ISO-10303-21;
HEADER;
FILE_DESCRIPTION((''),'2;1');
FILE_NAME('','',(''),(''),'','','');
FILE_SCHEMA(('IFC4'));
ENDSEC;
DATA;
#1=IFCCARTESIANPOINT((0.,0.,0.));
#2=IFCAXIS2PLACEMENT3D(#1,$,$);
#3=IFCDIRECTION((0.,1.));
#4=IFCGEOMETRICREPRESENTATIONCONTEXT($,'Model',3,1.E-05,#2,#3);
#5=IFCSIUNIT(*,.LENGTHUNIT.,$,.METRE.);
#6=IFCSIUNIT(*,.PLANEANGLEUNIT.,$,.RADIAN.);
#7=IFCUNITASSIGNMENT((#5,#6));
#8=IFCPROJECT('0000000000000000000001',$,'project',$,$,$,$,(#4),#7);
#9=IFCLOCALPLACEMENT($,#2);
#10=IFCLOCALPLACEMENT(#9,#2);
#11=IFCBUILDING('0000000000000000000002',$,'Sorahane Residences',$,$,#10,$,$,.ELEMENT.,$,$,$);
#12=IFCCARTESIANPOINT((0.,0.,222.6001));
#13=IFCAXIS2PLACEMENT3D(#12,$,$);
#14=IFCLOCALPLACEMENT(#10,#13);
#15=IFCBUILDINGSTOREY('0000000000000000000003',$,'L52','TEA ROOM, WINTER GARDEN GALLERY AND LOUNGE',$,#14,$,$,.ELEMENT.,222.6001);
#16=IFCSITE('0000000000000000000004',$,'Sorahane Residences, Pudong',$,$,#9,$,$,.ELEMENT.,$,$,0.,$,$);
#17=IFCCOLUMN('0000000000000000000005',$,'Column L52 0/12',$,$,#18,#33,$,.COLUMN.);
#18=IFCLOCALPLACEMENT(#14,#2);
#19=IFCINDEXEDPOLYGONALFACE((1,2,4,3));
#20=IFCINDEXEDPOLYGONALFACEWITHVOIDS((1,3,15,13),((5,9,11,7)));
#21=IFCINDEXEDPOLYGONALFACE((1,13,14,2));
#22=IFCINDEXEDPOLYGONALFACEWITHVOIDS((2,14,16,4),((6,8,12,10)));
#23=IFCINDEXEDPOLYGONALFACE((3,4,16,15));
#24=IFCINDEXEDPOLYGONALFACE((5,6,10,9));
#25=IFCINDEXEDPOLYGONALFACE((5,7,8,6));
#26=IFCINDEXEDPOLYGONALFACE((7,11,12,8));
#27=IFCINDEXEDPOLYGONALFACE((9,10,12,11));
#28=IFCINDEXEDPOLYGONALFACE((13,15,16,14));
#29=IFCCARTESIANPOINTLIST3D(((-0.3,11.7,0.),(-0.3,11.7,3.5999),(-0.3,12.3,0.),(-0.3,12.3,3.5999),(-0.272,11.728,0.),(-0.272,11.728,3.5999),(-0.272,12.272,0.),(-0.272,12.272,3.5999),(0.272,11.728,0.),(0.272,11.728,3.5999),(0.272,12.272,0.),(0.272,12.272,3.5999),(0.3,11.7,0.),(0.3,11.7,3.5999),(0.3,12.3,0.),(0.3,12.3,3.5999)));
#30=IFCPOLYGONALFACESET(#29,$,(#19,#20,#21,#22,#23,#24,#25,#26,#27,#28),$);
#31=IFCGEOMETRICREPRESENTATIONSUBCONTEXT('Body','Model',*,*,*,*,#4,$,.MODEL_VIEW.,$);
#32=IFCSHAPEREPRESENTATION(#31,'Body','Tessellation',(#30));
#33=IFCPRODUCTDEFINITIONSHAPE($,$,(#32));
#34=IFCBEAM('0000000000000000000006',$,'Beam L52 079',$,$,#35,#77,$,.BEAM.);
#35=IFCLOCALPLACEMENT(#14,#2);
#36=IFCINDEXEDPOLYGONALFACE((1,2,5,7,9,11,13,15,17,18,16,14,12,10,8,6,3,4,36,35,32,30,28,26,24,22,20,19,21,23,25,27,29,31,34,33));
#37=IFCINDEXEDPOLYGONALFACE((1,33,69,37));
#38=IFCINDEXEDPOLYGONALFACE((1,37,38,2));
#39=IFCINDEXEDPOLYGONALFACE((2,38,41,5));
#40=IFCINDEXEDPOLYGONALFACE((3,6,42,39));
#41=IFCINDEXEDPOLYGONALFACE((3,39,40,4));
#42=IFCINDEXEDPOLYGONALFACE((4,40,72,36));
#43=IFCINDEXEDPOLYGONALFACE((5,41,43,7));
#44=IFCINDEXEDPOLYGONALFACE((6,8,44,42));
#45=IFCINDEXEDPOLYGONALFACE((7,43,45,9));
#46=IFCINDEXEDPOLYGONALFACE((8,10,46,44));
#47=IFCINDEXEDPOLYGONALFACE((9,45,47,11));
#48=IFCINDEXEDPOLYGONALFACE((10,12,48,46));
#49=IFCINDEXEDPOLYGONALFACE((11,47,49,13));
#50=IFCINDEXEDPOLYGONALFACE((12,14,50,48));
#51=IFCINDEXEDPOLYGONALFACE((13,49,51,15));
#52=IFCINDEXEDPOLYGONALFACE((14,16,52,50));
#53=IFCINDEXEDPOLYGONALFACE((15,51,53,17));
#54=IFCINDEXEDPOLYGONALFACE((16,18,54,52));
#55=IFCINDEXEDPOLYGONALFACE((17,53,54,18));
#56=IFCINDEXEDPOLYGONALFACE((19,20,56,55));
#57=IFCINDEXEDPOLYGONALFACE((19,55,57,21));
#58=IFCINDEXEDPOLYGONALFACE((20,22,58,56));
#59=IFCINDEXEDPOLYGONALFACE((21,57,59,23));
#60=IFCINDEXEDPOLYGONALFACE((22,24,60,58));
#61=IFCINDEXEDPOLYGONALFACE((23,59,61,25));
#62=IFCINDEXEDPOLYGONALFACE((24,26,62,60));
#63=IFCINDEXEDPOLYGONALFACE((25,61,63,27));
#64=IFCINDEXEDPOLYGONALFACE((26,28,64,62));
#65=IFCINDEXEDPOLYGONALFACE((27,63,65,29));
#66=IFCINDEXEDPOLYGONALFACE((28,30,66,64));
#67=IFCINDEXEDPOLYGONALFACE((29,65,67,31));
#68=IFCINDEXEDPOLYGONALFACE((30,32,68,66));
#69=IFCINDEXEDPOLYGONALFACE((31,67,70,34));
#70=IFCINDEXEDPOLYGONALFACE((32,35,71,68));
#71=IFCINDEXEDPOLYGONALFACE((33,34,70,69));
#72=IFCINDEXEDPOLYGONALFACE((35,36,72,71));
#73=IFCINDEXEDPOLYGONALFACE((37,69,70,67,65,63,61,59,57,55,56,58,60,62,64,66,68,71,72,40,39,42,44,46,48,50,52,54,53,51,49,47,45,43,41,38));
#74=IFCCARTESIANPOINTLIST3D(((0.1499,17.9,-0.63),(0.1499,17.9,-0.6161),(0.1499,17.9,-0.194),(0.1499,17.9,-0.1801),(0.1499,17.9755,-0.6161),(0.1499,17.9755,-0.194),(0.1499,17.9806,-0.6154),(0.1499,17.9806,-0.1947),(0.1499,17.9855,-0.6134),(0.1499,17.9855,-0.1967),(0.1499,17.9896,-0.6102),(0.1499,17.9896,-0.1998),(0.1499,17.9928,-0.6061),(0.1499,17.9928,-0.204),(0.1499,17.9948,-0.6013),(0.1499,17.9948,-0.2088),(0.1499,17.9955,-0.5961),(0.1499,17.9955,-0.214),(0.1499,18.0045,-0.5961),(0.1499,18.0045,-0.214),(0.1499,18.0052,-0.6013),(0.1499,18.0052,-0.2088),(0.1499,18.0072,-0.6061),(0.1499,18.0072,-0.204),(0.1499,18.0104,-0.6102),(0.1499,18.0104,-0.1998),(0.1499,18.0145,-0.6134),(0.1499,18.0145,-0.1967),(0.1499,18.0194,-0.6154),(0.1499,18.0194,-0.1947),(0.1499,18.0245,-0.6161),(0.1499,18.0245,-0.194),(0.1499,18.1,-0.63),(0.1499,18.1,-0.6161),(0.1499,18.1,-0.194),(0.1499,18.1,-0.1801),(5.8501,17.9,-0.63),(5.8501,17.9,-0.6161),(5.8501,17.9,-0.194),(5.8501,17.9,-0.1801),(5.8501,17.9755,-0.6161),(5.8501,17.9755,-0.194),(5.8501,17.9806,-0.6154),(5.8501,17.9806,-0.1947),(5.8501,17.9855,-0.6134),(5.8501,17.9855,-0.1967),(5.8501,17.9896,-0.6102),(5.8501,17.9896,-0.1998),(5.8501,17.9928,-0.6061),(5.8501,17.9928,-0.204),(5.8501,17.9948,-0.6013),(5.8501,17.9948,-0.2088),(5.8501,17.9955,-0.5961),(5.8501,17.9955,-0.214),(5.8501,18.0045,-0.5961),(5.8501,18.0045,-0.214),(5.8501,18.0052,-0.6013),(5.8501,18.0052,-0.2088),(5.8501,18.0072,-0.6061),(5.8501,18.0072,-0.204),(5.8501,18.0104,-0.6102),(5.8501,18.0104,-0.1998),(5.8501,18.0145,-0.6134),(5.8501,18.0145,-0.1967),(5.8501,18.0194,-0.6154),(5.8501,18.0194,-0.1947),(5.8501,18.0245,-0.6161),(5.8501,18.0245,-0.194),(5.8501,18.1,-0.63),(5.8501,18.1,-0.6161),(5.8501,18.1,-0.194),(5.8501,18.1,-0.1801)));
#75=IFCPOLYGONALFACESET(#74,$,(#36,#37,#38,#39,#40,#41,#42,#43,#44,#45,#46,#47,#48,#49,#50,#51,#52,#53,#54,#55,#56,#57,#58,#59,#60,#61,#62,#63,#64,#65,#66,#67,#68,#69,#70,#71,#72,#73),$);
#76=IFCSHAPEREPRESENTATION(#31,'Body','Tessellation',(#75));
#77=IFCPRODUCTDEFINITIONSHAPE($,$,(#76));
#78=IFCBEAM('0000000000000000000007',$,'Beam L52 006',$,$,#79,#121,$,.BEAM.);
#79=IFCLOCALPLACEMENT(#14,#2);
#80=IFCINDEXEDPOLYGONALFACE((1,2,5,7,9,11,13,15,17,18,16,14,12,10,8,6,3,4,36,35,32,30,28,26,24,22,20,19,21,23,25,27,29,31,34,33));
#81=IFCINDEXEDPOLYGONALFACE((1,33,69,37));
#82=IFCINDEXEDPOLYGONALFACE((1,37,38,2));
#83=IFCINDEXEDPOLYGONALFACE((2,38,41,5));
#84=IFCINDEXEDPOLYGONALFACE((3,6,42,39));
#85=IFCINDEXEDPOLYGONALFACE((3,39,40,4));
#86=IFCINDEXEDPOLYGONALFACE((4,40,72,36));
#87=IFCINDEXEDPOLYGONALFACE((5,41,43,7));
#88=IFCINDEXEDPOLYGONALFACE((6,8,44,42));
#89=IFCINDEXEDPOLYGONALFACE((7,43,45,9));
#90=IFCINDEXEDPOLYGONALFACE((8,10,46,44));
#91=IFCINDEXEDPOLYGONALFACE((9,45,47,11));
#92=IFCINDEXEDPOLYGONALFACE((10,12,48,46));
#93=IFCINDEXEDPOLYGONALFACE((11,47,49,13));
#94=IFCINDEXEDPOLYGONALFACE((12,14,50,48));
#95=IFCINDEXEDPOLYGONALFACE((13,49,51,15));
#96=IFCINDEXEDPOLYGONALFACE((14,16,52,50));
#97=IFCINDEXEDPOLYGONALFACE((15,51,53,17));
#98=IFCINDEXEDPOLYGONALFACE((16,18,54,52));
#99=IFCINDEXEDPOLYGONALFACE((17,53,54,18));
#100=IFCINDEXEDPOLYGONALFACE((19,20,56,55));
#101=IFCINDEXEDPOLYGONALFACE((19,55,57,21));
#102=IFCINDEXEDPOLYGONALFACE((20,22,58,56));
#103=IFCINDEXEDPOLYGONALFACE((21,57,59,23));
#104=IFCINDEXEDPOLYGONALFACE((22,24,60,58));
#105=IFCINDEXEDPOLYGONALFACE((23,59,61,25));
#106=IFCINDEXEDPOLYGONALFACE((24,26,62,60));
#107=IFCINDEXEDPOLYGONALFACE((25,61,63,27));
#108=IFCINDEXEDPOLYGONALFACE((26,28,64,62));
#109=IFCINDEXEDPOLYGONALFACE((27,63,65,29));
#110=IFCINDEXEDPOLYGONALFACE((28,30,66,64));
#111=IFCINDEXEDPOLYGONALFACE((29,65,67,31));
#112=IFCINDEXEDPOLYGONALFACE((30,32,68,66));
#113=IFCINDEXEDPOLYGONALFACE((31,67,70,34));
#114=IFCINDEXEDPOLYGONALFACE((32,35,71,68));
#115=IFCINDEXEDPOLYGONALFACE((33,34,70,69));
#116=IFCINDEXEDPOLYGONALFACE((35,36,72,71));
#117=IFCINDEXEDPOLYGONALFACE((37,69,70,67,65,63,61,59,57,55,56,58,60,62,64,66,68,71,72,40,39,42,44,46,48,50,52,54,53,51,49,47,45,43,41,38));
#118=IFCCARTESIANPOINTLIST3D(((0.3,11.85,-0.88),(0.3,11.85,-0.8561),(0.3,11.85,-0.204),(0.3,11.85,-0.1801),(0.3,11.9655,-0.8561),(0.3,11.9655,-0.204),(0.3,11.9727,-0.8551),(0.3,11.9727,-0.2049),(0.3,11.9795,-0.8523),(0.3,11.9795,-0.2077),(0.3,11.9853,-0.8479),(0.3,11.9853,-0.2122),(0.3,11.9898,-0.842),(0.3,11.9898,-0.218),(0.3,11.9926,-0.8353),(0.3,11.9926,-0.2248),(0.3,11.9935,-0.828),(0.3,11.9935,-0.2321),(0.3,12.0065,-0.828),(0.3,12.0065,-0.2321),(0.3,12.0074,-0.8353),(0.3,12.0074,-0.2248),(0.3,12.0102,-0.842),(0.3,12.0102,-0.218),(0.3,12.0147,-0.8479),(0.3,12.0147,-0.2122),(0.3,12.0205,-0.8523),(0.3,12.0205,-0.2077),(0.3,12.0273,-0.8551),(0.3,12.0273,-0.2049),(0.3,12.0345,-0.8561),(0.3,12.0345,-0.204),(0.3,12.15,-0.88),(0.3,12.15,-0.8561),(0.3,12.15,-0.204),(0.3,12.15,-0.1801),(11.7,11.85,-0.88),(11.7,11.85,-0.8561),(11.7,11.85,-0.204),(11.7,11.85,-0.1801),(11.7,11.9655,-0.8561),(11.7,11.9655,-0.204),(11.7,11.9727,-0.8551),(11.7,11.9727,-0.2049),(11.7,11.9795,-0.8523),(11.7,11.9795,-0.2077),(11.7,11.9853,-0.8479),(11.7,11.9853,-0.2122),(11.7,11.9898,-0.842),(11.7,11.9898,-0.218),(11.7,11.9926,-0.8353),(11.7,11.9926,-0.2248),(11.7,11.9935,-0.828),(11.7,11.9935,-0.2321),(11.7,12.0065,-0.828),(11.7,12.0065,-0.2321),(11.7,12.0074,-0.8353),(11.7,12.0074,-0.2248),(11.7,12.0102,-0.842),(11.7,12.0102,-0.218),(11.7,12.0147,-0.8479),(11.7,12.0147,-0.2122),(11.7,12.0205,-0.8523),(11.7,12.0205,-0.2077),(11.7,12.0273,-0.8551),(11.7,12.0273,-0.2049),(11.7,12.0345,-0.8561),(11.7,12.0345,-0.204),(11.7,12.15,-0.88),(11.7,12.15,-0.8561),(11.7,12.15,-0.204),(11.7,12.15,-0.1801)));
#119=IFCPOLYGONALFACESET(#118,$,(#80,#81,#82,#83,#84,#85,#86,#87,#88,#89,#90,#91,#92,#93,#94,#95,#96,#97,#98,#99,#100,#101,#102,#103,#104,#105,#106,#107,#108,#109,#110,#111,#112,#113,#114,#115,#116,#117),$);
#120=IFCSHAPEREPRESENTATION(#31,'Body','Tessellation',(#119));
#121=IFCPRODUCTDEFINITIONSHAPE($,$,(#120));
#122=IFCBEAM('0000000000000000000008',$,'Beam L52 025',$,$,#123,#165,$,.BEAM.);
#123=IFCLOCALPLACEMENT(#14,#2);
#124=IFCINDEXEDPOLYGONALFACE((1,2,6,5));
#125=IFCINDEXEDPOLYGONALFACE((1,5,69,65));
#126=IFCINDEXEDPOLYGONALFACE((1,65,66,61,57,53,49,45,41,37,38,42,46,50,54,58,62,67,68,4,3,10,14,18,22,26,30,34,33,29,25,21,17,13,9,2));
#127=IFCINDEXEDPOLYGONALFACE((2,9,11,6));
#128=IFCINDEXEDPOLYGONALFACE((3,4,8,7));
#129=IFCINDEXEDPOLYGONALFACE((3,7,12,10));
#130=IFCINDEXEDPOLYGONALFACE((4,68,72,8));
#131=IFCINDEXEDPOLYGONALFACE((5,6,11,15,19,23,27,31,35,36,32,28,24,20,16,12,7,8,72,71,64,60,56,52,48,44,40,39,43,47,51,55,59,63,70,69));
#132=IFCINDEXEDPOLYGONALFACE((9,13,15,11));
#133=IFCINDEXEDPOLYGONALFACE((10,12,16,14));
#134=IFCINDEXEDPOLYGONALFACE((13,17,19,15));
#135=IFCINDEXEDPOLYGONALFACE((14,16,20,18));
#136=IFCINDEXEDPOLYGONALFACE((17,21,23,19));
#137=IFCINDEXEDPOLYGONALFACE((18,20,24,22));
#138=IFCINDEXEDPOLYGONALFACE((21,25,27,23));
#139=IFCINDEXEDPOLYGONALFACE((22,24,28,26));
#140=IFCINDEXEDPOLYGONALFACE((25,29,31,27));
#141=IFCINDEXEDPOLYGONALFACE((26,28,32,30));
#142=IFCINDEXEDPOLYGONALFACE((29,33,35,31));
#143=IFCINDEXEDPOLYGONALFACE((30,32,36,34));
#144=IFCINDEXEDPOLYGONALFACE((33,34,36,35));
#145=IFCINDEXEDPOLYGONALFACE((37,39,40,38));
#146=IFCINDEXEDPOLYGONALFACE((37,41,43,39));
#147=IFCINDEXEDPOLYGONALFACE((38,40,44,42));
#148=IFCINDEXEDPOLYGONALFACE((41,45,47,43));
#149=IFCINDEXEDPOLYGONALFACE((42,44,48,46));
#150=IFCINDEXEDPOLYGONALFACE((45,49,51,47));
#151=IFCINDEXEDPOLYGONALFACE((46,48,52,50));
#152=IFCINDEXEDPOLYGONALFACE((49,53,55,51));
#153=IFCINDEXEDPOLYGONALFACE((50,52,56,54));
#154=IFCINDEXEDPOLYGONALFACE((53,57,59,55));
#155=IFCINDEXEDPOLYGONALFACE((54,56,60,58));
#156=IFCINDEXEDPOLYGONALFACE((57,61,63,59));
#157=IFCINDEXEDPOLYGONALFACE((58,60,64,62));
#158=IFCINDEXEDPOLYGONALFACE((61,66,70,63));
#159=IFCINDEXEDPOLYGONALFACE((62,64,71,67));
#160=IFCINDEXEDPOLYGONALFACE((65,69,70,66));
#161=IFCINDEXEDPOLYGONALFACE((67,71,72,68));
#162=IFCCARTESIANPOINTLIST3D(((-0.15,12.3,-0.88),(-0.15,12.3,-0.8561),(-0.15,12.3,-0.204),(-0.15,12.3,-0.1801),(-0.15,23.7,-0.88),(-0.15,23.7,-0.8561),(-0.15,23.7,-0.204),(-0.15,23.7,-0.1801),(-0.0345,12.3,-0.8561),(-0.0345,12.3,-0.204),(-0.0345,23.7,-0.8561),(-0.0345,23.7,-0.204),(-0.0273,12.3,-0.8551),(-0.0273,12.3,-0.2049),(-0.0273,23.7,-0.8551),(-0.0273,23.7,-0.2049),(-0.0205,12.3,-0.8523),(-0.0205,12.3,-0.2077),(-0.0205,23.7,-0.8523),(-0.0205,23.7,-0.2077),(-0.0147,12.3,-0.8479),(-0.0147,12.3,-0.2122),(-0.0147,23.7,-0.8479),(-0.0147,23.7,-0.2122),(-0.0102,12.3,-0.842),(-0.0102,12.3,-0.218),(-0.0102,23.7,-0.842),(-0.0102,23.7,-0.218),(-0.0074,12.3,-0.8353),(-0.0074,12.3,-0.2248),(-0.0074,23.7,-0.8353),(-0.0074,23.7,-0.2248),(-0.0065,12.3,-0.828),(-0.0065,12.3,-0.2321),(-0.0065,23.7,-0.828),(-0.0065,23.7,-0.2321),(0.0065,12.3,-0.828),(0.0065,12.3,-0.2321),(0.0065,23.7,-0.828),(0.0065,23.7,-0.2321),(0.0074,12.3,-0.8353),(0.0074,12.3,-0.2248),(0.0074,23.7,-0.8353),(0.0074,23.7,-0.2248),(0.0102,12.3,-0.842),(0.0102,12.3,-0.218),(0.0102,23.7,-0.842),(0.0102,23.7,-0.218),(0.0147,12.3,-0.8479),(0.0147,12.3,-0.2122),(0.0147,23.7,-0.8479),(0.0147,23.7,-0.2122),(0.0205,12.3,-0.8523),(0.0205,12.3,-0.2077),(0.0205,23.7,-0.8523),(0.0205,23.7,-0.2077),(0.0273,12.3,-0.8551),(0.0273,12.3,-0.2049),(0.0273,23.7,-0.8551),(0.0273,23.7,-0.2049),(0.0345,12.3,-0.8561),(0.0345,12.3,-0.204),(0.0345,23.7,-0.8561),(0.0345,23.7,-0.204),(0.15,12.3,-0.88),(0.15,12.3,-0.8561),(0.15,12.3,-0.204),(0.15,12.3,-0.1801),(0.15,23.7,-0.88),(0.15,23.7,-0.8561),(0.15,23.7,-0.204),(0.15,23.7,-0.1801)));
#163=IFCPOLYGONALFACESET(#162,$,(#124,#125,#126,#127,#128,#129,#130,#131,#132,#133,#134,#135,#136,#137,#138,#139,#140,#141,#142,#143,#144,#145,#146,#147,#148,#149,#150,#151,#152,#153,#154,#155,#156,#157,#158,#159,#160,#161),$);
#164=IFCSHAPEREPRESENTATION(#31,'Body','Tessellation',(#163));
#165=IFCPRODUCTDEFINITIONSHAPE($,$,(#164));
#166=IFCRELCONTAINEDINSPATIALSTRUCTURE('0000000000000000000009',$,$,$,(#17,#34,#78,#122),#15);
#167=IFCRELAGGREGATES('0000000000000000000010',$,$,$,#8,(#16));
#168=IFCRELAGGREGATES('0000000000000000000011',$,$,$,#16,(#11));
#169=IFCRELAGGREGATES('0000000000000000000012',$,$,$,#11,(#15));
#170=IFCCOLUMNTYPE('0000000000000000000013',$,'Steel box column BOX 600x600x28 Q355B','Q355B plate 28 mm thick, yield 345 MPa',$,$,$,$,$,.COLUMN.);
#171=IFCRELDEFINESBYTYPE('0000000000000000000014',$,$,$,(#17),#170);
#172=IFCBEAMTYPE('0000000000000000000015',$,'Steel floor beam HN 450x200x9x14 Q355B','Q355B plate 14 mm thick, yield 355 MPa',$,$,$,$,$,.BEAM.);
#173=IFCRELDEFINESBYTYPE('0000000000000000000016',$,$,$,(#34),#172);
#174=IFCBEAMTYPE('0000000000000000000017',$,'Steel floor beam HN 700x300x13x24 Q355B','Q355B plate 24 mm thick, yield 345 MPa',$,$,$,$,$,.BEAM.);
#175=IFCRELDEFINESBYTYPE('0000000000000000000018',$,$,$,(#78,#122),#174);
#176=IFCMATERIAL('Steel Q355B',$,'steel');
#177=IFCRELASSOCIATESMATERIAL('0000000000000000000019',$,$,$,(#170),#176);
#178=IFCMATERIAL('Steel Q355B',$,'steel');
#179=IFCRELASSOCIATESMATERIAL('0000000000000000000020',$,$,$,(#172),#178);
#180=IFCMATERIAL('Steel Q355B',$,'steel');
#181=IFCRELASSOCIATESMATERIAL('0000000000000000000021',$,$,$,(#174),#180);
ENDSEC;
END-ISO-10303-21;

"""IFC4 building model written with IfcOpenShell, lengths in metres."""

from ifc_helpers import new_model, si_unit, direction, frame, origin, origin_2d, place, context, subcontext, project, spatial, hollow_rectangle, i_section, extrude, material, material_profile, profile_set, type_object, element, save


model = new_model("IFC4")

# Units and contexts
model_context = context("Model", 3, precision=1e-05, world=origin(), true_north=direction((0.0, 1.0)))
body_context = subcontext(model_context, "Body", "Model", "MODEL_VIEW")
ifc_project = project(units=[si_unit("LENGTHUNIT", "METRE"), si_unit("PLANEANGLEUNIT", "RADIAN")], contexts=[model_context])

# Site, building, storey
site_placement = place(None, origin())
site = spatial("IfcSite", under=ifc_project, at=site_placement, Name="Sorahane Residences, Pudong", CompositionType="ELEMENT", RefElevation=0.0)
building_placement = place(site_placement, origin())
building = spatial("IfcBuilding", under=site, at=building_placement, Name="Sorahane Residences", CompositionType="ELEMENT")
storey_placement = place(building_placement, frame((0.0, 0.0, 222.6001)))
storey = spatial("IfcBuildingStorey", under=building, at=storey_placement, Name="L52", Description="TEA ROOM, WINTER GARDEN GALLERY AND LOUNGE", CompositionType="ELEMENT", Elevation=222.6001)

# Column
ifc_material_1 = material(Name="Steel Q355B", Category="steel")
ifc_material_profile_1 = material_profile(ifc_material_1, hollow_rectangle(XDim=0.6001, YDim=0.6001, WallThickness=0.0281, at=origin_2d()), Name="BOX 600x600x28")
ifc_profile_set_1 = profile_set([ifc_material_profile_1], Name="Steel Q355B")
column_type = type_object("IfcColumnType", Name="Steel box column BOX 600x600x28 Q355B", Description="Q355B plate 28 mm thick, yield 345 MPa", PredefinedType="COLUMN", material=ifc_profile_set_1)
column_placement = place(storey_placement, frame((0.0, 12.0, 0.0), z_axis=(0.0, 0.0, 1.0), x_axis=(1.0, 0.0, 0.0)))
element("IfcColumn", 1, at=column_placement, inside=storey, type_object=column_type, Name="Column L52 0/12", PredefinedType="COLUMN", context=body_context, shape_type="SweptSolid", body=[
    extrude(hollow_rectangle(XDim=0.6001, YDim=0.6001, WallThickness=0.0281, at=origin_2d()), origin(), (0.0, 0.0, 1.0), 3.5999),
])

# Beams
ifc_material_2 = material(Name="Steel Q355B", Category="steel")
ifc_material_profile_2 = material_profile(ifc_material_2, i_section(OverallWidth=0.2, OverallDepth=0.45, WebThickness=0.009, FlangeThickness=0.0139, FilletRadius=0.02, at=origin_2d()), Name="HN 450x200x9x14")
ifc_profile_set_2 = profile_set([ifc_material_profile_2], Name="Steel Q355B")
beam_type_1 = type_object("IfcBeamType", Name="Steel floor beam HN 450x200x9x14 Q355B", Description="Q355B plate 14 mm thick, yield 355 MPa", PredefinedType="BEAM", material=ifc_profile_set_2)
beam_placement = place(storey_placement, frame((0.1499, 18.0, -0.405), z_axis=(1.0, 0.0, 0.0), x_axis=(0.0, 1.0, 0.0)))
element("IfcBeam", 2, at=beam_placement, inside=storey, type_object=beam_type_1, Name="Beam L52 079", PredefinedType="BEAM", context=body_context, shape_type="SweptSolid", body=[
    extrude(i_section(OverallWidth=0.2, OverallDepth=0.45, WebThickness=0.009, FlangeThickness=0.0139, FilletRadius=0.02, at=origin_2d()), origin(), (0.0, 0.0, 1.0), 5.7002),
])
ifc_material_3 = material(Name="Steel Q355B", Category="steel")
ifc_material_profile_3 = material_profile(ifc_material_3, i_section(OverallWidth=0.3, OverallDepth=0.7, WebThickness=0.0129, FlangeThickness=0.0239, FilletRadius=0.0281, at=origin_2d()), Name="HN 700x300x13x24")
ifc_profile_set_3 = profile_set([ifc_material_profile_3], Name="Steel Q355B")
beam_type_2 = type_object("IfcBeamType", Name="Steel floor beam HN 700x300x13x24 Q355B", Description="Q355B plate 24 mm thick, yield 345 MPa", PredefinedType="BEAM", material=ifc_profile_set_3)
for number, where, z_axis, x_axis, name in (
    (3, (0.3, 12.0, -0.53), (1.0, 0.0, 0.0), (0.0, 1.0, 0.0), "Beam L52 006"),
    (4, (0.0, 12.3, -0.53), (0.0, 1.0, 0.0), (-1.0, 0.0, 0.0), "Beam L52 025"),
):
    element("IfcBeam", number, at=place(storey_placement, frame(where, z_axis=z_axis, x_axis=x_axis)), inside=storey, type_object=beam_type_2, Name=name, PredefinedType="BEAM", context=body_context, shape_type="SweptSolid", body=[
        extrude(i_section(OverallWidth=0.3, OverallDepth=0.7, WebThickness=0.0129, FlangeThickness=0.0239, FilletRadius=0.0281, at=origin_2d()), origin(), (0.0, 0.0, 1.0), 11.3999),
    ])

save(model, "model.ifc")
